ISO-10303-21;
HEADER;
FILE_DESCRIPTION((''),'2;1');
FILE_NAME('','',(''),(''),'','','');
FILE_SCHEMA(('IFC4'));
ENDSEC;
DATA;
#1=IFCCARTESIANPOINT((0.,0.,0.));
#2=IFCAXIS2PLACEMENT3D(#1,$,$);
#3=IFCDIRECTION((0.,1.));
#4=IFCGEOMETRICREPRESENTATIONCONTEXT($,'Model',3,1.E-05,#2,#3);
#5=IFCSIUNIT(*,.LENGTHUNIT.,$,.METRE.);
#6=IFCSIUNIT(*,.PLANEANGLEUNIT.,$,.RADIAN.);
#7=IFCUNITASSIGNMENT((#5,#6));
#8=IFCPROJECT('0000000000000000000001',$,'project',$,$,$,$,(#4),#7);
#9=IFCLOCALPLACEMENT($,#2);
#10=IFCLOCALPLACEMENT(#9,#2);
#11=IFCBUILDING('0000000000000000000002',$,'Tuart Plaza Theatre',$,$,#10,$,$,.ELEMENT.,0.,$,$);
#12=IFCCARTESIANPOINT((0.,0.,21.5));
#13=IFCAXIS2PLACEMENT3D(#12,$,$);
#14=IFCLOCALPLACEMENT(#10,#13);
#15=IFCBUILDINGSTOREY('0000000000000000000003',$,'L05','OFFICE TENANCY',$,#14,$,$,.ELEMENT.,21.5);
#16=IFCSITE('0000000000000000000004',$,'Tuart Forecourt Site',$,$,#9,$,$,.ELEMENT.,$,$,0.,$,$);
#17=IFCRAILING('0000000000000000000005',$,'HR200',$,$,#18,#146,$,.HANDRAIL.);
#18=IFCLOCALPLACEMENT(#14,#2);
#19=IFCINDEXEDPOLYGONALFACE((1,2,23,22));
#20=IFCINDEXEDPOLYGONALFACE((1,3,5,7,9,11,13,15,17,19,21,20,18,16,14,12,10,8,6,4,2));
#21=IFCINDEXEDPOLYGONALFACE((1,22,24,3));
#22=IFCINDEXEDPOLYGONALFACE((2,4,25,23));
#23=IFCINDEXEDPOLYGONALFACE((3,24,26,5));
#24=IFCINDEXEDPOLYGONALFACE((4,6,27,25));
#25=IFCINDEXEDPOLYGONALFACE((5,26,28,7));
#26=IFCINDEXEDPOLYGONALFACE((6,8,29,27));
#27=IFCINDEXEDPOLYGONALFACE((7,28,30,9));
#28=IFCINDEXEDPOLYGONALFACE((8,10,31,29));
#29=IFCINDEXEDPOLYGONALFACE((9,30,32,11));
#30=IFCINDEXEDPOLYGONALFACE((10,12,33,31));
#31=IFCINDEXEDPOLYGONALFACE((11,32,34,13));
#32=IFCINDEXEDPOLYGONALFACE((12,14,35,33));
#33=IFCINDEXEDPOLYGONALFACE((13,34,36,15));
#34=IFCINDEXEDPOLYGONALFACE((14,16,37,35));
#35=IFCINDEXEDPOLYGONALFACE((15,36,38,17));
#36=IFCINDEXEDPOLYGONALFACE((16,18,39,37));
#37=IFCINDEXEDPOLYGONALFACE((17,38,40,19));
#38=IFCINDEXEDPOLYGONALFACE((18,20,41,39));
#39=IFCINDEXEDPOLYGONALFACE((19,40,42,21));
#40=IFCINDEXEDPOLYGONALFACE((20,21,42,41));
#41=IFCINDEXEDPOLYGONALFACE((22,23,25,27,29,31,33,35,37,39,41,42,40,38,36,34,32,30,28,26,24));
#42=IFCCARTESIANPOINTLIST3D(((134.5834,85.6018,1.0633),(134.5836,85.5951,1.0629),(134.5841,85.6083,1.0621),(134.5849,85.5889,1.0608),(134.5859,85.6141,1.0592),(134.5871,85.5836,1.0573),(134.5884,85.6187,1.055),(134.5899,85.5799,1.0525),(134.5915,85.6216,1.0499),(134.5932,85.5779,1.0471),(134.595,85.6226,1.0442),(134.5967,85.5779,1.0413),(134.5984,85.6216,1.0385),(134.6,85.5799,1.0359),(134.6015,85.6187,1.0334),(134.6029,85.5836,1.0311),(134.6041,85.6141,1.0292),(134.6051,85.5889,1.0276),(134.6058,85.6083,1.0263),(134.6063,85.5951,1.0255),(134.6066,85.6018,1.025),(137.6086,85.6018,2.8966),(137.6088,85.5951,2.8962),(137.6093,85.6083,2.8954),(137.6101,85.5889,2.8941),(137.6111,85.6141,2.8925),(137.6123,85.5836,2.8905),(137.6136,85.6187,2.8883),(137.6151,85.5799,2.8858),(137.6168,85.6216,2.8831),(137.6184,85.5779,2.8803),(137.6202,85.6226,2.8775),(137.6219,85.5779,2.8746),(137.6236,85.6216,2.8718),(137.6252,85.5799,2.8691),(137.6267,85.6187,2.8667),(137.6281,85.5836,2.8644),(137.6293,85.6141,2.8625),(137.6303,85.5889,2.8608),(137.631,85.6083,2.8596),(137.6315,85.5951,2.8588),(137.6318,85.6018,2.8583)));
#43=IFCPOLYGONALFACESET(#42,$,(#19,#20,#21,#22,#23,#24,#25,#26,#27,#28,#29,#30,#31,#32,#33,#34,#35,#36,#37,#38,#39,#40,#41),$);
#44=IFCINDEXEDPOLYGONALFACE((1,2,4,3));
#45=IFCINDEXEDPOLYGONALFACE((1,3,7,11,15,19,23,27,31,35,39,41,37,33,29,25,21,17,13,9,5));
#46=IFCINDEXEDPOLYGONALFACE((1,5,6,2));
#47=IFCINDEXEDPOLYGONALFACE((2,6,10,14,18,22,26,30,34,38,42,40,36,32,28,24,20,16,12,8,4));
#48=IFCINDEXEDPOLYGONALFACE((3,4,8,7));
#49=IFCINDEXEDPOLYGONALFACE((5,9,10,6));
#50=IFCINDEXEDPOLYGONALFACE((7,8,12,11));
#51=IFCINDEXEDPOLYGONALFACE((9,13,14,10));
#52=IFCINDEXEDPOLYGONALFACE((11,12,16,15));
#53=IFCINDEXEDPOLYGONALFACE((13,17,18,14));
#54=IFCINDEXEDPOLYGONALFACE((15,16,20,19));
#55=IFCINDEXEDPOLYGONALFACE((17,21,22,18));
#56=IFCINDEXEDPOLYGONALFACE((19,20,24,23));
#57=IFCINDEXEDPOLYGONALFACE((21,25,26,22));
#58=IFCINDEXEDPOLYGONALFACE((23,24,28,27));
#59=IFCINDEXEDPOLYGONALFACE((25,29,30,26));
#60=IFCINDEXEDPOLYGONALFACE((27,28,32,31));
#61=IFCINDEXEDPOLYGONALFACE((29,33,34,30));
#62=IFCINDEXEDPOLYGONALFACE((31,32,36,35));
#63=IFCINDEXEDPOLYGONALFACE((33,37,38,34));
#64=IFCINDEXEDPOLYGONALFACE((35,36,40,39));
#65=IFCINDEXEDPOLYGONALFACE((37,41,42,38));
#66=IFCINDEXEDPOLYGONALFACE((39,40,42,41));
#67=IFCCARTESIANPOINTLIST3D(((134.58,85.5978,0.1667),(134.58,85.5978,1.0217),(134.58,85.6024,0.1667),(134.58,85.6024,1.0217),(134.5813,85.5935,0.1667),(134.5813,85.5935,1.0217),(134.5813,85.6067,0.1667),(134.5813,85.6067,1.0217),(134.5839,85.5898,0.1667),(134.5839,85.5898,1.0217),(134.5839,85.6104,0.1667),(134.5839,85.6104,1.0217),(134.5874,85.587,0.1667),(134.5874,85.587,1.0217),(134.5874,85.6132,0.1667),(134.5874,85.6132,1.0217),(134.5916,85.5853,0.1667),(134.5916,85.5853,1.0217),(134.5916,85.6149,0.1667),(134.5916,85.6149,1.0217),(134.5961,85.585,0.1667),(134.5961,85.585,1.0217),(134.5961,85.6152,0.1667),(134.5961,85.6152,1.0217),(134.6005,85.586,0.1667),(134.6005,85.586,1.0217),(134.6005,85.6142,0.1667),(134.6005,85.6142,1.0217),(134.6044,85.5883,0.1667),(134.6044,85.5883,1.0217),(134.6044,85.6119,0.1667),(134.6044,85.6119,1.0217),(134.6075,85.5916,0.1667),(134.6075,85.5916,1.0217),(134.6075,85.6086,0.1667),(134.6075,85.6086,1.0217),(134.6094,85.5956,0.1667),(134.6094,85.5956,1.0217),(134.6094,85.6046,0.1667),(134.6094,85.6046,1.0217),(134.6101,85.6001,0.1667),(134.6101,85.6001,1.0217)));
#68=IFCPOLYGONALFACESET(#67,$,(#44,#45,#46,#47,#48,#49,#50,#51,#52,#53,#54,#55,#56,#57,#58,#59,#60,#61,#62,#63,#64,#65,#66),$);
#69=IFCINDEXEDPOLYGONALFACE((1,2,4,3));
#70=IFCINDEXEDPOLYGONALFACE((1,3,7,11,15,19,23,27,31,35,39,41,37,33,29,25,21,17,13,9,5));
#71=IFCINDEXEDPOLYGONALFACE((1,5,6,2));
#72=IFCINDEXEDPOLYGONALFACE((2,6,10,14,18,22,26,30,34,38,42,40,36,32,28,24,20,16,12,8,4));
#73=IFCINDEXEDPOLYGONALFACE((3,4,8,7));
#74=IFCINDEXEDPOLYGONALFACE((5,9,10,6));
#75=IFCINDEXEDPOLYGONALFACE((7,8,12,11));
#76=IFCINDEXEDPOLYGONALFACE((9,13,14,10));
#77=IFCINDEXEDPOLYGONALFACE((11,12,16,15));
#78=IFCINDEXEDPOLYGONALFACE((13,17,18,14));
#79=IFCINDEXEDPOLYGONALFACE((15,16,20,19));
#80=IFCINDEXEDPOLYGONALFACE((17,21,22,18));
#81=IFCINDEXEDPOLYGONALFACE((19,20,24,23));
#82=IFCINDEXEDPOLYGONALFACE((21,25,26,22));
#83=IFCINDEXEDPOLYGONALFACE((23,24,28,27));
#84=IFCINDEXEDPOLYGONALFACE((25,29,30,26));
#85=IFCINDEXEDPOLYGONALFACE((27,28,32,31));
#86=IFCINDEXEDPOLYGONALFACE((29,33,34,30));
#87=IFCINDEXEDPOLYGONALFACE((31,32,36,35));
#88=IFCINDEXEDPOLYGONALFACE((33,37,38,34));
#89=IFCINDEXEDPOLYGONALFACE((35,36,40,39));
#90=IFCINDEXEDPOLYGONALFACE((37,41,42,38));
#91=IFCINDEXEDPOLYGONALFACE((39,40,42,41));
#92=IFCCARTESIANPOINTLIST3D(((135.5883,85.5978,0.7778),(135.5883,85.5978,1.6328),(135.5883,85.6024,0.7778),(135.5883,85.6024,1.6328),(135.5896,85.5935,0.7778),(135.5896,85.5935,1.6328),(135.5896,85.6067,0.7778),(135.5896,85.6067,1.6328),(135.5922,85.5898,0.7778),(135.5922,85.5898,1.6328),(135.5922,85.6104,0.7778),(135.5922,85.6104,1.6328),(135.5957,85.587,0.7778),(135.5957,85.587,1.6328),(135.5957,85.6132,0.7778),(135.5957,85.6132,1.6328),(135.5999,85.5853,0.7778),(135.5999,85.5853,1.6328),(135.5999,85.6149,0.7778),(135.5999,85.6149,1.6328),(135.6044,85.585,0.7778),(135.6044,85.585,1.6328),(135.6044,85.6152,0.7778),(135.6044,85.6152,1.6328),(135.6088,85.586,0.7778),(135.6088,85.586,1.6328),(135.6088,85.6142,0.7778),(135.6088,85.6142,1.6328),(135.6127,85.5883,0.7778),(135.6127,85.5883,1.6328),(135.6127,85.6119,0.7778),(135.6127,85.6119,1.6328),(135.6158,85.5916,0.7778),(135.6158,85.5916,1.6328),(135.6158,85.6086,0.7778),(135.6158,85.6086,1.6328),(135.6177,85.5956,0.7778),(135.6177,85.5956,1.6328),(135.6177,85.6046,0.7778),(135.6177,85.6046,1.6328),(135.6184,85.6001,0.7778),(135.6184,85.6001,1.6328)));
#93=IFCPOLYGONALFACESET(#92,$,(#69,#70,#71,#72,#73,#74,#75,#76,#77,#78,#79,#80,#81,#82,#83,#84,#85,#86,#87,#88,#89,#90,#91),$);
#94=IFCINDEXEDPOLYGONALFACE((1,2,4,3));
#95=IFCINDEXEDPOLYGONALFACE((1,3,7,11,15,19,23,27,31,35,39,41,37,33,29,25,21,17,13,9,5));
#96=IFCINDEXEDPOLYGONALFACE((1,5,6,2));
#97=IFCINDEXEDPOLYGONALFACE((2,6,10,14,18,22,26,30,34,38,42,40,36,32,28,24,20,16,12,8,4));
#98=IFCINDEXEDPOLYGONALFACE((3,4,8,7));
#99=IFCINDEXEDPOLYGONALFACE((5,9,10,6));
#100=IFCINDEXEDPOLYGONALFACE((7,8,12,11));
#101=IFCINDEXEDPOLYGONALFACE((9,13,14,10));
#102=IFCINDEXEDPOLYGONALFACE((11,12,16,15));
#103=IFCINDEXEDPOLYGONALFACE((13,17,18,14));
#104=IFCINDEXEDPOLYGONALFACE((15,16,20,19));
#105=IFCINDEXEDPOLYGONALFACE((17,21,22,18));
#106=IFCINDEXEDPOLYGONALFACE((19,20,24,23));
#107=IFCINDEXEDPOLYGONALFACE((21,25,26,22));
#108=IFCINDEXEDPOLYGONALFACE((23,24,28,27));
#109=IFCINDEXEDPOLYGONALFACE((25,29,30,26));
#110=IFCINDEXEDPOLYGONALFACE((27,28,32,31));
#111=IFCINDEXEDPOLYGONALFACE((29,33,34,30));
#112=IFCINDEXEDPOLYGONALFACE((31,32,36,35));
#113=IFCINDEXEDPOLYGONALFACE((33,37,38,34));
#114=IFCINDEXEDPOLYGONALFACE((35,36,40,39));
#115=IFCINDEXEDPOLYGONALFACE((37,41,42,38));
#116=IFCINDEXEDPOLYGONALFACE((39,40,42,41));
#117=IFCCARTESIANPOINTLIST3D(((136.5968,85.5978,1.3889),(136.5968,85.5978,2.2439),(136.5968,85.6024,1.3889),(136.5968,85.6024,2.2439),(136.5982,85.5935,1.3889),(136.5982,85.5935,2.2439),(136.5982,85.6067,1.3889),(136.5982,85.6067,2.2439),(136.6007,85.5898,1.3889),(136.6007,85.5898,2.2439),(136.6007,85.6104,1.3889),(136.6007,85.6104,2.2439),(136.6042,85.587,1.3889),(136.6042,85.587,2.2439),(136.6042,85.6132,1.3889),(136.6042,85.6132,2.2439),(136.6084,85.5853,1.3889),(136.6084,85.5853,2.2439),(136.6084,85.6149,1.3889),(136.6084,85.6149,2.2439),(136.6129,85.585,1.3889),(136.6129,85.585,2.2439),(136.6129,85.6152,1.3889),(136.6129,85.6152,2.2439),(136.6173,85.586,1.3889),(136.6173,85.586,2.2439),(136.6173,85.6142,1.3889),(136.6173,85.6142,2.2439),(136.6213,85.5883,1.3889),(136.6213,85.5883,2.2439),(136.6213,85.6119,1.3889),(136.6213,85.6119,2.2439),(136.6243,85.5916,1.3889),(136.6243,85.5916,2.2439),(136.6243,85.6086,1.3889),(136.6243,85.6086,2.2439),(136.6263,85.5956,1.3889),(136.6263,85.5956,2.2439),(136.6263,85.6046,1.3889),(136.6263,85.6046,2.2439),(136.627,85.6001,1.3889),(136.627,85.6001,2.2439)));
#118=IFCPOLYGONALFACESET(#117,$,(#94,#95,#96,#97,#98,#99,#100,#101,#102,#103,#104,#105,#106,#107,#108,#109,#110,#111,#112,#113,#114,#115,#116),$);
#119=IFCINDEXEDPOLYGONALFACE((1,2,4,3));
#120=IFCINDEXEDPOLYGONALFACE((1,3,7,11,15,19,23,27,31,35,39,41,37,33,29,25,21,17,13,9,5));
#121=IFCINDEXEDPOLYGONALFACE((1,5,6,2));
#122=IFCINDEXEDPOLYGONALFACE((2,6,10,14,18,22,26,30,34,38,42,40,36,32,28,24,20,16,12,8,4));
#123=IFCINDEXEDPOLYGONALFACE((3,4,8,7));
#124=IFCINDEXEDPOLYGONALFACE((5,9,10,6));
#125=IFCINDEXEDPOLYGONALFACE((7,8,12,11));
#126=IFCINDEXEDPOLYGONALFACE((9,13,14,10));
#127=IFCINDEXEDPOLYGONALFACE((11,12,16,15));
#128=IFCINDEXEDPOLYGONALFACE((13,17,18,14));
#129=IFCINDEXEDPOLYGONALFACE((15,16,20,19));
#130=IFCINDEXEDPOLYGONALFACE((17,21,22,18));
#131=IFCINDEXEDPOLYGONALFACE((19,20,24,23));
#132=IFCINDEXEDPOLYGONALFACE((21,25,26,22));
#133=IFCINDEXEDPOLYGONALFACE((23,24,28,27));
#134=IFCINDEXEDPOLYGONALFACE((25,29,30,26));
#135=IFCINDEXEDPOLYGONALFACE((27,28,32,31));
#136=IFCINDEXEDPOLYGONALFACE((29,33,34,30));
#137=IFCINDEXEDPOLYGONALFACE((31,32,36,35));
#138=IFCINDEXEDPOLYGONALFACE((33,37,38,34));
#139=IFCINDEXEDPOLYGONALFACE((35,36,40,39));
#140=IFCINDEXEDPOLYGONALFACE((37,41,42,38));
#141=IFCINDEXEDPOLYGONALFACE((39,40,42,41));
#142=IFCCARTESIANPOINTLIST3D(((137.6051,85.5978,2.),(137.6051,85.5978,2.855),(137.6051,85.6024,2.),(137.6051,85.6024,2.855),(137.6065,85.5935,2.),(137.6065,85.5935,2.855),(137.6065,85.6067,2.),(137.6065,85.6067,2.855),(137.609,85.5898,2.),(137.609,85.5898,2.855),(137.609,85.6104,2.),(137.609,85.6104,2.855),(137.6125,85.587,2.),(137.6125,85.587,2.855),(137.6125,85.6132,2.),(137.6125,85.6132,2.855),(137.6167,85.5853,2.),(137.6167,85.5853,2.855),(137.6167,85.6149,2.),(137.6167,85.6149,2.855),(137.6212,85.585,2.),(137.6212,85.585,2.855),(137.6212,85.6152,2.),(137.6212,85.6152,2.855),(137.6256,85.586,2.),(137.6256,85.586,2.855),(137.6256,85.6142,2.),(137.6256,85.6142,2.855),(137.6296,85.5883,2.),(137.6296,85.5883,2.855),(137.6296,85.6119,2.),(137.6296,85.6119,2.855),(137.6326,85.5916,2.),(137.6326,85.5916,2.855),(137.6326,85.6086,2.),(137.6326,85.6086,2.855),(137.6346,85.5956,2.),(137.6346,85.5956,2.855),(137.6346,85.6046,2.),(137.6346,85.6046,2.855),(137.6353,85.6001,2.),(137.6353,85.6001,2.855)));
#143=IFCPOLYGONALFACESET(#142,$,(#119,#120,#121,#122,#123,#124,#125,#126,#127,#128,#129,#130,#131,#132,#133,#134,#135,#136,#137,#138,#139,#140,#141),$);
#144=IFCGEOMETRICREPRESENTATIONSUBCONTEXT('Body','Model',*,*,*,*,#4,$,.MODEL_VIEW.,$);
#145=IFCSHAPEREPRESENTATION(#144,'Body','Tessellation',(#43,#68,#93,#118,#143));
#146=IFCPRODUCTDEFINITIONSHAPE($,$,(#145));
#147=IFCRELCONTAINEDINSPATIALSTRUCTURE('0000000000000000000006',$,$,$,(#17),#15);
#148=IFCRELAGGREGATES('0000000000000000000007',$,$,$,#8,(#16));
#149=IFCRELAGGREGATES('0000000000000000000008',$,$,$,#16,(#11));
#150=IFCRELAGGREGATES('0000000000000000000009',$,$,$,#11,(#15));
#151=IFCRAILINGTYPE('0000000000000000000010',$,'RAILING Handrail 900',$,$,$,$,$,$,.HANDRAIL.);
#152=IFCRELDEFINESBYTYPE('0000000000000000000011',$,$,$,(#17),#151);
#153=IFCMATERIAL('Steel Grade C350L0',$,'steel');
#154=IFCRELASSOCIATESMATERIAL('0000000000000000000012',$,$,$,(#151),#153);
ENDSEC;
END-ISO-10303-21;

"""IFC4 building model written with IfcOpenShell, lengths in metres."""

from ifc_helpers import new_model, si_unit, direction, frame, origin, origin_2d, place, context, subcontext, project, spatial, circle, extrude, material, type_object, element, save


model = new_model("IFC4")

# Units and contexts
model_context = context("Model", 3, precision=1e-05, world=origin(), true_north=direction((0.0, 1.0)))
body_context = subcontext(model_context, "Body", "Model", "MODEL_VIEW")
ifc_project = project(units=[si_unit("LENGTHUNIT", "METRE"), si_unit("PLANEANGLEUNIT", "RADIAN")], contexts=[model_context])

# Site, building, storey
site_placement = place(None, origin())
site = spatial("IfcSite", under=ifc_project, at=site_placement, Name="Tuart Forecourt Site", CompositionType="ELEMENT", RefElevation=0.0)
building_placement = place(site_placement, origin())
building = spatial("IfcBuilding", under=site, at=building_placement, Name="Tuart Plaza Theatre", CompositionType="ELEMENT", ElevationOfRefHeight=0.0)
storey_placement = place(building_placement, frame((0.0, 0.0, 21.5)))
storey = spatial("IfcBuildingStorey", under=building, at=storey_placement, Name="L05", Description="OFFICE TENANCY", CompositionType="ELEMENT", Elevation=21.5)

# Railing
ifc_material_1 = material(Name="Steel Grade C350L0", Category="steel")
railing_type_1 = type_object("IfcRailingType", Name="RAILING Handrail 900", PredefinedType="HANDRAIL", material=ifc_material_1)
for number, where, name in (
    (1, (134.595, 85.6001, 0.1667), "HR200"),
):
    element("IfcRailing", number, at=place(storey_placement, frame(where)), inside=storey, type_object=railing_type_1, Name=name, PredefinedType="HANDRAIL", context=body_context, shape_type="SweptSolid", body=[
        extrude(circle(Radius=0.0225, at=origin_2d()), frame((0.0, 0.0, 0.8774), z_axis=(0.855219, 0.0, 0.518267), x_axis=(0.0, 1.0, 0.0)), (0.0, 0.0, 1.0), 3.5374),
        extrude(circle(Radius=0.0151, at=origin_2d()), origin(), (0.0, 0.0, 1.0), 0.855),
        extrude(circle(Radius=0.0151, at=origin_2d()), frame((1.0083, 0.0, 0.6111)), (0.0, 0.0, 1.0), 0.855),
        extrude(circle(Radius=0.0151, at=origin_2d()), frame((2.0168, 0.0, 1.2222)), (0.0, 0.0, 1.0), 0.855),
        extrude(circle(Radius=0.0151, at=origin_2d()), frame((3.0251, 0.0, 1.8333)), (0.0, 0.0, 1.0), 0.855),
    ])

save(model, "model.ifc")
